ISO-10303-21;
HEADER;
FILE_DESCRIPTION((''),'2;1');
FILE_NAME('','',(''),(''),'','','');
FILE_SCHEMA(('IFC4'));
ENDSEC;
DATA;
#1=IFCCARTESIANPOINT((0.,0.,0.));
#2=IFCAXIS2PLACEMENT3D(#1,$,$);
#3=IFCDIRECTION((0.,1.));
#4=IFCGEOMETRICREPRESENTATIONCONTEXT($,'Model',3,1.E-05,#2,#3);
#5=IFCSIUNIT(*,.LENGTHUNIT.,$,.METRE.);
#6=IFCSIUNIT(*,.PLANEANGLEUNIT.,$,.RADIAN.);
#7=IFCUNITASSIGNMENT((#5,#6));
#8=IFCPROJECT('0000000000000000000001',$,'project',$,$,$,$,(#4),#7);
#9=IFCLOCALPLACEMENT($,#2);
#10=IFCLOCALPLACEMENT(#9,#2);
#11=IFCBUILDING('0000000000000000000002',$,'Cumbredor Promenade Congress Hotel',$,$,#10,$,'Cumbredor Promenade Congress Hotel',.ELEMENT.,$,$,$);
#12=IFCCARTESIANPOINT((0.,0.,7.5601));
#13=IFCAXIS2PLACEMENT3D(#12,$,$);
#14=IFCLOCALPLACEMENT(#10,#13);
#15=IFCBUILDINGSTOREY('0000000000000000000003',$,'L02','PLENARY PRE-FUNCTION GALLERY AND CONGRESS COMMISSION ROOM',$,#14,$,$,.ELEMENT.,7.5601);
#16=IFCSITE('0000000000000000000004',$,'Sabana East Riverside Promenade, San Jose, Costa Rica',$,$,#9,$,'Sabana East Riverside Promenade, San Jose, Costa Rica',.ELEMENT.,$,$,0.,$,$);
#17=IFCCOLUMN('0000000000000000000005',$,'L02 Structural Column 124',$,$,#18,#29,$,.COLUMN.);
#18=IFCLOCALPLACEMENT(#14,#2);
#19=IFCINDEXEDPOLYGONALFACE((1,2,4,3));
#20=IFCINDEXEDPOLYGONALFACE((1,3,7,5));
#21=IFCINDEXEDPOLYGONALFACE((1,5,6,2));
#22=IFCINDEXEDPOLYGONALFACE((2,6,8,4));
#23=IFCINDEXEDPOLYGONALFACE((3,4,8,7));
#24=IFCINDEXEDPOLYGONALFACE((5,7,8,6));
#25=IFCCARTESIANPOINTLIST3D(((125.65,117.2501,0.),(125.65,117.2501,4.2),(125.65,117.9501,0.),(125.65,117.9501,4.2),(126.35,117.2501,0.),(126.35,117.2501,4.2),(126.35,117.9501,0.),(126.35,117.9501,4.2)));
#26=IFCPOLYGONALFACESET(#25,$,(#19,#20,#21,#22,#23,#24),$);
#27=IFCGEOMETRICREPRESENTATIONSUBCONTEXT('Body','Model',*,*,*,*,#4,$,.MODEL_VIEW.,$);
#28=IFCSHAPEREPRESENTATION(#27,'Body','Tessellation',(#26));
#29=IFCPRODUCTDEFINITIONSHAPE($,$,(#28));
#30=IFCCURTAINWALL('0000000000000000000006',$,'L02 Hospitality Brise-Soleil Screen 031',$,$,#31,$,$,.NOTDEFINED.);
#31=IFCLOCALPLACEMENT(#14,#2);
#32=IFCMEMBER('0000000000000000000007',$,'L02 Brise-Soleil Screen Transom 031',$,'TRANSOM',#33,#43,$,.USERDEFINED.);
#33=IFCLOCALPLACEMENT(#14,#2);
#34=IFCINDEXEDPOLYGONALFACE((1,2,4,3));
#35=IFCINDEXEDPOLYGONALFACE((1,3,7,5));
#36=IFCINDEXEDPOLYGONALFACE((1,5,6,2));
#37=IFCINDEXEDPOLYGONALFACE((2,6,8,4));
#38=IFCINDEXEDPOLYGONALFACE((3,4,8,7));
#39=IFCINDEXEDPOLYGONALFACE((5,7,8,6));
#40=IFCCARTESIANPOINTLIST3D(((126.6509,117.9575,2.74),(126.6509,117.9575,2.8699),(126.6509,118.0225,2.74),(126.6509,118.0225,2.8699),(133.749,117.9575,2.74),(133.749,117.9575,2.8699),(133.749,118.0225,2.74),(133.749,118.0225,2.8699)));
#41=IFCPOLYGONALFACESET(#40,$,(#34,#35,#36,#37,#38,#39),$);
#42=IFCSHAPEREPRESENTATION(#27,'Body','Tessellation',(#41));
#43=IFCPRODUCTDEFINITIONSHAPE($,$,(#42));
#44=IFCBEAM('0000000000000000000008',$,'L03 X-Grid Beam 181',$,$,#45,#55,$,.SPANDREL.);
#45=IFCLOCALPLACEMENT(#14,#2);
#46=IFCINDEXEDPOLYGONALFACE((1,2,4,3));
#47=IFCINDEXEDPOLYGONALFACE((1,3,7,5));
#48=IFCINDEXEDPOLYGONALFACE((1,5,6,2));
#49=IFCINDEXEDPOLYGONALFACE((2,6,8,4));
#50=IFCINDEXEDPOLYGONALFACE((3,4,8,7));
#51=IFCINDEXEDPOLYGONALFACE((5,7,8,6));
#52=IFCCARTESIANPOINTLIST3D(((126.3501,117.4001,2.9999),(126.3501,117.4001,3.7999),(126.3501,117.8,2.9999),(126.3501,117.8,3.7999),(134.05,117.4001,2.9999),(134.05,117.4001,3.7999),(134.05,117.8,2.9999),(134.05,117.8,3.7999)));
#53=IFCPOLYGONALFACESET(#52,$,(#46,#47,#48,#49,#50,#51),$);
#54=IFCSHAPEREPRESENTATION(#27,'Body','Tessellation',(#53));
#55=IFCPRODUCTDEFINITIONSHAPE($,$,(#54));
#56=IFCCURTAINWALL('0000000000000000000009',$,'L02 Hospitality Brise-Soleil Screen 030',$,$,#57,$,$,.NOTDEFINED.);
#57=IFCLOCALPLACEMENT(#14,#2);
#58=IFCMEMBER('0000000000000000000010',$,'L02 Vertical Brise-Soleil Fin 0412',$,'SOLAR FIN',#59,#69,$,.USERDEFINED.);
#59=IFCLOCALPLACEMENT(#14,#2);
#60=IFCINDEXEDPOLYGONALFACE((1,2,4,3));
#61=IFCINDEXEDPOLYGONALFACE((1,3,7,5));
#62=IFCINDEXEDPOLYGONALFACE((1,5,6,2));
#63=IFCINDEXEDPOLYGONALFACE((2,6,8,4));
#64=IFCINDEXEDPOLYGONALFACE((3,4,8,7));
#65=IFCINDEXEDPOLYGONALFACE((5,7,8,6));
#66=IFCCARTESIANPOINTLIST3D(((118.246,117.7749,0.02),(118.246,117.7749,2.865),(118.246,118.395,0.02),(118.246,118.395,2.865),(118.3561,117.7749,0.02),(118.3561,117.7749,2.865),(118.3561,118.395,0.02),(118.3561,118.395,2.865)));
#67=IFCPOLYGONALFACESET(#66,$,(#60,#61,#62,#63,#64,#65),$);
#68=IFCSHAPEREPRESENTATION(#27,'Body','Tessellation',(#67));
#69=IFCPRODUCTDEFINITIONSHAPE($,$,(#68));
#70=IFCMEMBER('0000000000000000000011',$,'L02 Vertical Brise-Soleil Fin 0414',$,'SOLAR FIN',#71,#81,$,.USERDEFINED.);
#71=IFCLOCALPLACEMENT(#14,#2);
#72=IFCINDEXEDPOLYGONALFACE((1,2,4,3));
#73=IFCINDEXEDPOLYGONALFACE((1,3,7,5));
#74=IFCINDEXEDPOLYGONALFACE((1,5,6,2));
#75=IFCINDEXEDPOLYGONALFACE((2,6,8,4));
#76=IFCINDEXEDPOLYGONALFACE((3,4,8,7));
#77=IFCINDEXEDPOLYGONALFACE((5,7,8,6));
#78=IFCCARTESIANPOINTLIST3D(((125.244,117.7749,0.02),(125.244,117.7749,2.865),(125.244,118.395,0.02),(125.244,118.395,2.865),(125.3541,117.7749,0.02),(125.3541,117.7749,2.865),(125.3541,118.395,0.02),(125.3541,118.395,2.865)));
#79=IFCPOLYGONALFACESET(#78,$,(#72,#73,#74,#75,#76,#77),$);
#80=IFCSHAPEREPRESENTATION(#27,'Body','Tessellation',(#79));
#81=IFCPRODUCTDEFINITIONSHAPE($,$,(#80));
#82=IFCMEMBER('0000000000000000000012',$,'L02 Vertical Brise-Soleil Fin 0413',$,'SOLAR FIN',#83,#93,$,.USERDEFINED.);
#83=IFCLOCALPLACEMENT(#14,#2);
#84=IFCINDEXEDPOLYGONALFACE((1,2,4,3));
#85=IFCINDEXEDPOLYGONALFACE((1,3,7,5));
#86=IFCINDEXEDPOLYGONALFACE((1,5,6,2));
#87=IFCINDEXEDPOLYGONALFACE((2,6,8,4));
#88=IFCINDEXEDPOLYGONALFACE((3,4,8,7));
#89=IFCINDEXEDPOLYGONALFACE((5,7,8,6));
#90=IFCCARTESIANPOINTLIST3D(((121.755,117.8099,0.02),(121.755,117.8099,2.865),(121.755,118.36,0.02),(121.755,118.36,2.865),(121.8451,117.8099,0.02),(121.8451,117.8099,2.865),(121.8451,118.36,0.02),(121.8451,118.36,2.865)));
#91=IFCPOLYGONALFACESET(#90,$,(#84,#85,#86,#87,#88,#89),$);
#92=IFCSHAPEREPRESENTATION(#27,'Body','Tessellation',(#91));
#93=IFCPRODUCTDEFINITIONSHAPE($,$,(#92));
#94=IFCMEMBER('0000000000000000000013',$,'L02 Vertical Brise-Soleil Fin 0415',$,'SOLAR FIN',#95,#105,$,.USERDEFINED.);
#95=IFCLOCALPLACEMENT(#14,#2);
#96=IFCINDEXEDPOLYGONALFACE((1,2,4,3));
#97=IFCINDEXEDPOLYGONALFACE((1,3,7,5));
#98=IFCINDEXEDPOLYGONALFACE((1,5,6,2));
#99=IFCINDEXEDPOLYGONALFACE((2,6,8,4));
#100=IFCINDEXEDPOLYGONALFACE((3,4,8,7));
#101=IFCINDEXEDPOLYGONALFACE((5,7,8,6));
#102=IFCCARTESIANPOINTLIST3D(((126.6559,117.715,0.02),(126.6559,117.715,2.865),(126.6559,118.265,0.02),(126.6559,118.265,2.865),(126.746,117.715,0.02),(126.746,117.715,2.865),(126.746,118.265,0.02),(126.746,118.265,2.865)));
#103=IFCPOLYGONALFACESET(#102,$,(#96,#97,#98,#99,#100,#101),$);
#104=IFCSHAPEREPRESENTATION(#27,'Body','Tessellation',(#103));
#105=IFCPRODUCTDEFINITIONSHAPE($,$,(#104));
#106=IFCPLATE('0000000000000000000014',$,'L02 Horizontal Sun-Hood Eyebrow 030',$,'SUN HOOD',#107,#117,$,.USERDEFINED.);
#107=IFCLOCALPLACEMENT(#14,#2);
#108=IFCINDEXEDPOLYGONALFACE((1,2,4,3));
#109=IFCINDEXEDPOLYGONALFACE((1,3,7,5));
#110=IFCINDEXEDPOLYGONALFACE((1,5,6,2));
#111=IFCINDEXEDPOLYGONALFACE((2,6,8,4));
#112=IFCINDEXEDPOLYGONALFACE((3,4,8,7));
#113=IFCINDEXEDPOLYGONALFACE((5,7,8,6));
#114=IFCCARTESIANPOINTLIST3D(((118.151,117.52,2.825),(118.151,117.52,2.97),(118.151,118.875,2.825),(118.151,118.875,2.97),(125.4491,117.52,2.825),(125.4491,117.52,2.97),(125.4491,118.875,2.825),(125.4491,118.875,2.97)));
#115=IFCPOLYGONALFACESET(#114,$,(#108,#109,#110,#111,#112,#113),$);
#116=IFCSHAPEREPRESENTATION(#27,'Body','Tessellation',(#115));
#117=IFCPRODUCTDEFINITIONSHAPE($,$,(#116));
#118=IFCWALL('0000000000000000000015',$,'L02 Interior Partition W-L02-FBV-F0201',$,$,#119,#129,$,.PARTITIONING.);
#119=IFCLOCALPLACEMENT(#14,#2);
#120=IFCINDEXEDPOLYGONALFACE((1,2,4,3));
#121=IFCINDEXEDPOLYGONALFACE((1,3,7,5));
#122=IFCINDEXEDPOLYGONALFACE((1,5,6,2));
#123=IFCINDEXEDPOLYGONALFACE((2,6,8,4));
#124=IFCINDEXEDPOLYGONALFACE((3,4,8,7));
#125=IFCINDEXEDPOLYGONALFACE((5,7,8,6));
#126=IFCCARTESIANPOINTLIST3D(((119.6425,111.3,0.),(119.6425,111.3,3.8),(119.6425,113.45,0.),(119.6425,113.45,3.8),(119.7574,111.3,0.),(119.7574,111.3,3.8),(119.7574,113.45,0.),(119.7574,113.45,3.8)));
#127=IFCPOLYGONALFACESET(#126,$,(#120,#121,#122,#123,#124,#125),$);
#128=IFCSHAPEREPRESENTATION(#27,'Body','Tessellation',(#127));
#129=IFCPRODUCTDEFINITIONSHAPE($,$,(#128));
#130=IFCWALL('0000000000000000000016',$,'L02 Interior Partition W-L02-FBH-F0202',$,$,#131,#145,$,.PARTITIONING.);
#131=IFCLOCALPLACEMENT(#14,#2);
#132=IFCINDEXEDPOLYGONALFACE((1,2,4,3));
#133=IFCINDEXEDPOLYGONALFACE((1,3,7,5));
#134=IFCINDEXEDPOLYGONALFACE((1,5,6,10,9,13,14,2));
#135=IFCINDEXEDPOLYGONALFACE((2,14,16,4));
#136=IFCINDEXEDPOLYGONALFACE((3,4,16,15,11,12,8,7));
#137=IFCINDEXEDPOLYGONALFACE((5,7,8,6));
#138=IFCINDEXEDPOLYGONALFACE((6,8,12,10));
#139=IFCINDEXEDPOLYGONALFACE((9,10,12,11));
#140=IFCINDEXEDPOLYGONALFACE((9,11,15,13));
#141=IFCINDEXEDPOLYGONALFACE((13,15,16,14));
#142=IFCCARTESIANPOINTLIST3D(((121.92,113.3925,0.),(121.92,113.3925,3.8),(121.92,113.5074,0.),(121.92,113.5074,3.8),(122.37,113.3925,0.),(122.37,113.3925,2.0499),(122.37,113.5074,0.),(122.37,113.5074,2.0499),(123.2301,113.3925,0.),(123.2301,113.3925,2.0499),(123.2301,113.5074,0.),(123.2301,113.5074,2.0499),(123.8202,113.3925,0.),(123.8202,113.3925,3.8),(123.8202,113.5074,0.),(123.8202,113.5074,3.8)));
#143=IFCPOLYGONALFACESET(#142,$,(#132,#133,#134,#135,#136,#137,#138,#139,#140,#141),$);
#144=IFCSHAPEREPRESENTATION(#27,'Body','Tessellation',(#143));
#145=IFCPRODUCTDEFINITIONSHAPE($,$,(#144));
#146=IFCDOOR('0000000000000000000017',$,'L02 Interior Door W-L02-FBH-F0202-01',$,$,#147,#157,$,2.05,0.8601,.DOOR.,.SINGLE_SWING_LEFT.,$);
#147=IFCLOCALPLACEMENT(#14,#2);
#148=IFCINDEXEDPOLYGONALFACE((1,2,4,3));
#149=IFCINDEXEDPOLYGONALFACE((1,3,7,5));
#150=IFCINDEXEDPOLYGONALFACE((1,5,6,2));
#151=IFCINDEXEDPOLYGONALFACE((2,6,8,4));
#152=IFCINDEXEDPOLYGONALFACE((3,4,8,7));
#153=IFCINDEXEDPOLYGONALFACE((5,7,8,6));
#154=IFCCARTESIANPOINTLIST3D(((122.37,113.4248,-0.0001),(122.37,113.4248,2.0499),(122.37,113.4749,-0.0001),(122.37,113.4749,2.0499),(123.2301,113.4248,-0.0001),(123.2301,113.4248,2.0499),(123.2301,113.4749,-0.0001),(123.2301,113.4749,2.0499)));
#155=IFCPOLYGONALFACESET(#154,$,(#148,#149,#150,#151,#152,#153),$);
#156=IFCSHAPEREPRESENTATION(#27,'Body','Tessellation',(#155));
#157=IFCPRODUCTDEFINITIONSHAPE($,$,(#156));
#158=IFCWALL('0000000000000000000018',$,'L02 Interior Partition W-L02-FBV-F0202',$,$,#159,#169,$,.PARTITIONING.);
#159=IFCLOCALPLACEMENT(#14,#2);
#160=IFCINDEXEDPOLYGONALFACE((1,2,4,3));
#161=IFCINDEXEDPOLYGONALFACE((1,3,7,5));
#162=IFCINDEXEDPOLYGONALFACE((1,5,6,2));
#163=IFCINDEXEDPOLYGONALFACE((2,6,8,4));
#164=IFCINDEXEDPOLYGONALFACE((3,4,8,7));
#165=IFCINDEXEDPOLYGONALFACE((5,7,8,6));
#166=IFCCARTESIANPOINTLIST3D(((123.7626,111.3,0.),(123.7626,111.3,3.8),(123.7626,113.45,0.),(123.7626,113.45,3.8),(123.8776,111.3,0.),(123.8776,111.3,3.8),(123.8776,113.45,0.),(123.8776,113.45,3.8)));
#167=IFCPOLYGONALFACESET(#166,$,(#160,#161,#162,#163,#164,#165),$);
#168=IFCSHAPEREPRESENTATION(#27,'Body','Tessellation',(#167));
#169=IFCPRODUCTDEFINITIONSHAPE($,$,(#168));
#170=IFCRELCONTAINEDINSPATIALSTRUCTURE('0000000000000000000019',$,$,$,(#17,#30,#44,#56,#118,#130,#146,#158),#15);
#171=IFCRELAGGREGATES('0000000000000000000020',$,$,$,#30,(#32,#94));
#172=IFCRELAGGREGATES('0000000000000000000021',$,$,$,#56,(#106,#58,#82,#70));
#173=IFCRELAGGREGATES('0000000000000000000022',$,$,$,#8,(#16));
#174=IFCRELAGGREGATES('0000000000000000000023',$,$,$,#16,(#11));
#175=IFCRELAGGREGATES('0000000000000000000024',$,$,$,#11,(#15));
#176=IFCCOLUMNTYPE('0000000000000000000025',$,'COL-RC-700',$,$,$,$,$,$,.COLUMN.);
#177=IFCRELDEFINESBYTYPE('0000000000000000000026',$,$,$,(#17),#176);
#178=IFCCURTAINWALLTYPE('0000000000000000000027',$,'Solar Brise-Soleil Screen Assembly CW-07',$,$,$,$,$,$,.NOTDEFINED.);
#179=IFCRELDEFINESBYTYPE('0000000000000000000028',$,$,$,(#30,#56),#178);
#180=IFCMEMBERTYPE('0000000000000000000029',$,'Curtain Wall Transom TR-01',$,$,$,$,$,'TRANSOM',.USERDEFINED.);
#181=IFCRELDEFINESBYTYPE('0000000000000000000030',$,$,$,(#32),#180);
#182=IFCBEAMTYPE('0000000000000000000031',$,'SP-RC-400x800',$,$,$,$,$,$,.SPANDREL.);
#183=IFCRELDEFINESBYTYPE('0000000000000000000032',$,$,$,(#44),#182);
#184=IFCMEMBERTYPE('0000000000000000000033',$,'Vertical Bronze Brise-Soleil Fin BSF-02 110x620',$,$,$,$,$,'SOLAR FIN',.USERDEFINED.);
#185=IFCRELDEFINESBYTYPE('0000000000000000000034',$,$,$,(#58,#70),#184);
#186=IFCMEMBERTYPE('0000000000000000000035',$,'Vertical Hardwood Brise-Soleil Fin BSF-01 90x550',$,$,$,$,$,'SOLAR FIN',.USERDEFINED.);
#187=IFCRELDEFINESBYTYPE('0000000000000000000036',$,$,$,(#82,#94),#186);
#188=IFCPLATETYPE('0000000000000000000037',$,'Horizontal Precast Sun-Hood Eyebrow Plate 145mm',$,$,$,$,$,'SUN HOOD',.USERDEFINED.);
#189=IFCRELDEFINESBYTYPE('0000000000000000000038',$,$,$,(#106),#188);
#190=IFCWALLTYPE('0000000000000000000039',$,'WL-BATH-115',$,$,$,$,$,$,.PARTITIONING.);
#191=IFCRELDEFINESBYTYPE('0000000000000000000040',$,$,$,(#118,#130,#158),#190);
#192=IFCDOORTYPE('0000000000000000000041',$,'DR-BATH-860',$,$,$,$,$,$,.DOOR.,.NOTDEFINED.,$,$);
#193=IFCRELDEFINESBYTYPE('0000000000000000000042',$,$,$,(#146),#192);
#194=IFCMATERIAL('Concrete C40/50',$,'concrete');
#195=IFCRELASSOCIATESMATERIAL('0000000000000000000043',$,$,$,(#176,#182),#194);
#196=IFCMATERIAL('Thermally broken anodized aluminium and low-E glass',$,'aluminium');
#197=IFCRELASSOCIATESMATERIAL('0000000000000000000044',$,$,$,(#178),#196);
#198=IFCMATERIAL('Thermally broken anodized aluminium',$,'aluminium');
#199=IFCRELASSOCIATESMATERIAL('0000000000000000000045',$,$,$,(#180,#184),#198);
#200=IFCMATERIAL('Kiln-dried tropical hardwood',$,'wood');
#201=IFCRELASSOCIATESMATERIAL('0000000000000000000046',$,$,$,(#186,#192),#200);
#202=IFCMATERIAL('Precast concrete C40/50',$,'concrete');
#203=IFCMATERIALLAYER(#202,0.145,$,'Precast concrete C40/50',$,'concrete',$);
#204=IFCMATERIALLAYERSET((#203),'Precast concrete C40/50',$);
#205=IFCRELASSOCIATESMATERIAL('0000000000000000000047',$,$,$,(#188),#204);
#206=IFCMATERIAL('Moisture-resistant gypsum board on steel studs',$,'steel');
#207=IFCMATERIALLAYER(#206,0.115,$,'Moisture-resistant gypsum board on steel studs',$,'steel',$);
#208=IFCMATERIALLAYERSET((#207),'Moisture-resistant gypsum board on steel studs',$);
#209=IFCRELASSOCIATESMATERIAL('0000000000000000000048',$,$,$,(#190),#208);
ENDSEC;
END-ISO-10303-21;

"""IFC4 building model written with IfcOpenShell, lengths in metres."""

from ifc_helpers import new_model, si_unit, direction, frame, frame_2d, origin, origin_2d, place, context, subcontext, project, spatial, rectangle, extrude, material, layer, layer_set, material_profile, profile_set, type_object, element, fill, aggregate, save


model = new_model("IFC4")

# Units and contexts
model_context = context("Model", 3, precision=1e-05, world=origin(), true_north=direction((0.0, 1.0)))
body_context = subcontext(model_context, "Body", "Model", "MODEL_VIEW")
ifc_project = project(units=[si_unit("LENGTHUNIT", "METRE"), si_unit("PLANEANGLEUNIT", "RADIAN")], contexts=[model_context])

# Site, building, storey
site_placement = place(None, origin())
site = spatial("IfcSite", under=ifc_project, at=site_placement, Name="Sabana East Riverside Promenade, San Jose, Costa Rica", LongName="Sabana East Riverside Promenade, San Jose, Costa Rica", CompositionType="ELEMENT", RefElevation=0.0)
building_placement = place(site_placement, origin())
building = spatial("IfcBuilding", under=site, at=building_placement, Name="Cumbredor Promenade Congress Hotel", LongName="Cumbredor Promenade Congress Hotel", CompositionType="ELEMENT")
storey_placement = place(building_placement, frame((0.0, 0.0, 7.5601)))
storey = spatial("IfcBuildingStorey", under=building, at=storey_placement, Name="L02", Description="PLENARY PRE-FUNCTION GALLERY AND CONGRESS COMMISSION ROOM", CompositionType="ELEMENT", Elevation=7.5601)

# Column
ifc_material_1 = material(Name="Concrete C40/50", Category="concrete")
ifc_material_profile_1 = material_profile(ifc_material_1, rectangle(XDim=0.7, YDim=0.7, at=origin_2d()), Name="RC 700x700")
ifc_profile_set_1 = profile_set([ifc_material_profile_1], Name="Concrete C40/50")
column_type = type_object("IfcColumnType", Name="COL-RC-700", PredefinedType="COLUMN", material=ifc_profile_set_1)
column_placement = place(storey_placement, frame((126.0, 117.6001, 0.0), z_axis=(0.0, 0.0, 1.0), x_axis=(1.0, 0.0, 0.0)))
element("IfcColumn", 1, at=column_placement, inside=storey, type_object=column_type, Name="L02 Structural Column 124", PredefinedType="COLUMN", context=body_context, shape_type="SweptSolid", body=[
    extrude(rectangle(XDim=0.7, YDim=0.7, at=origin_2d()), origin(), (0.0, 0.0, 1.0), 4.2),
])

# Curtain wall, member
ifc_material_2 = material(Name="Thermally broken anodized aluminium and low-E glass", Category="aluminium")
curtain_wall_type = type_object("IfcCurtainWallType", Name="Solar Brise-Soleil Screen Assembly CW-07", PredefinedType="NOTDEFINED", material=ifc_material_2)
curtain_wall_1_placement = place(storey_placement, origin())
curtain_wall_1 = element("IfcCurtainWall", 2, at=curtain_wall_1_placement, inside=storey, type_object=curtain_wall_type, Name="L02 Hospitality Brise-Soleil Screen 031", PredefinedType="NOTDEFINED")
ifc_material_3 = material(Name="Thermally broken anodized aluminium", Category="aluminium")
ifc_material_profile_2 = material_profile(ifc_material_3, rectangle(XDim=0.0649, YDim=0.1299, at=origin_2d()), Name="ALU TRANSOM 65x130")
ifc_profile_set_2 = profile_set([ifc_material_profile_2], Name="Thermally broken anodized aluminium")
member_type_1 = type_object("IfcMemberType", Name="Curtain Wall Transom TR-01", ElementType="TRANSOM", PredefinedType="USERDEFINED", material=ifc_profile_set_2)
member_1_placement = place(storey_placement, frame((126.6509, 117.99, 2.8049), z_axis=(1.0, 0.0, 0.0), x_axis=(0.0, 1.0, 0.0)))
member_1 = element("IfcMember", 3, at=member_1_placement, type_object=member_type_1, Name="L02 Brise-Soleil Screen Transom 031", ObjectType="TRANSOM", PredefinedType="USERDEFINED", context=body_context, shape_type="SweptSolid", body=[
    extrude(rectangle(XDim=0.0649, YDim=0.1299, at=origin_2d()), origin(), (0.0, 0.0, 1.0), 7.0981),
])

# Beam
ifc_material_profile_3 = material_profile(ifc_material_1, rectangle(XDim=0.3999, YDim=0.8, at=origin_2d()), Name="RC SPANDREL 400x800")
ifc_profile_set_3 = profile_set([ifc_material_profile_3], Name="Concrete C40/50")
beam_type = type_object("IfcBeamType", Name="SP-RC-400x800", PredefinedType="SPANDREL", material=ifc_profile_set_3)
beam_placement = place(storey_placement, frame((126.3501, 117.6001, 3.3999), z_axis=(1.0, 0.0, 0.0), x_axis=(0.0, 1.0, 0.0)))
element("IfcBeam", 4, at=beam_placement, inside=storey, type_object=beam_type, Name="L03 X-Grid Beam 181", PredefinedType="SPANDREL", context=body_context, shape_type="SweptSolid", body=[
    extrude(rectangle(XDim=0.3999, YDim=0.8, at=origin_2d()), origin(), (0.0, 0.0, 1.0), 7.7),
])

# Curtain wall, members
curtain_wall_2_placement = place(storey_placement, origin())
curtain_wall_2 = element("IfcCurtainWall", 5, at=curtain_wall_2_placement, inside=storey, type_object=curtain_wall_type, Name="L02 Hospitality Brise-Soleil Screen 030", PredefinedType="NOTDEFINED")
ifc_material_profile_4 = material_profile(ifc_material_3, rectangle(XDim=0.1101, YDim=0.6201, at=origin_2d()), Name="ARCH FIN 110x620")
ifc_profile_set_4 = profile_set([ifc_material_profile_4], Name="Thermally broken anodized aluminium")
member_type_2 = type_object("IfcMemberType", Name="Vertical Bronze Brise-Soleil Fin BSF-02 110x620", ElementType="SOLAR FIN", PredefinedType="USERDEFINED", material=ifc_profile_set_4)
member_2_placement = place(storey_placement, frame((118.301, 118.085, 0.02), z_axis=(0.0, 0.0, 1.0), x_axis=(1.0, 0.0, 0.0)))
member_2 = element("IfcMember", 6, at=member_2_placement, type_object=member_type_2, Name="L02 Vertical Brise-Soleil Fin 0412", ObjectType="SOLAR FIN", PredefinedType="USERDEFINED", context=body_context, shape_type="SweptSolid", body=[
    extrude(rectangle(XDim=0.1101, YDim=0.6201, at=origin_2d()), origin(), (0.0, 0.0, 1.0), 2.845),
])
member_3_placement = place(storey_placement, frame((125.2991, 118.085, 0.02), z_axis=(0.0, 0.0, 1.0), x_axis=(1.0, 0.0, 0.0)))
member_3 = element("IfcMember", 7, at=member_3_placement, type_object=member_type_2, Name="L02 Vertical Brise-Soleil Fin 0414", ObjectType="SOLAR FIN", PredefinedType="USERDEFINED", context=body_context, shape_type="SweptSolid", body=[
    extrude(rectangle(XDim=0.1101, YDim=0.6201, at=origin_2d()), origin(), (0.0, 0.0, 1.0), 2.845),
])
ifc_material_4 = material(Name="Kiln-dried tropical hardwood", Category="wood")
ifc_material_profile_5 = material_profile(ifc_material_4, rectangle(XDim=0.0901, YDim=0.55, at=origin_2d()), Name="ARCH FIN 90x550")
ifc_profile_set_5 = profile_set([ifc_material_profile_5], Name="Kiln-dried tropical hardwood")
member_type_3 = type_object("IfcMemberType", Name="Vertical Hardwood Brise-Soleil Fin BSF-01 90x550", ElementType="SOLAR FIN", PredefinedType="USERDEFINED", material=ifc_profile_set_5)
member_4_placement = place(storey_placement, frame((121.8, 118.085, 0.02), z_axis=(0.0, 0.0, 1.0), x_axis=(1.0, 0.0, 0.0)))
member_4 = element("IfcMember", 8, at=member_4_placement, type_object=member_type_3, Name="L02 Vertical Brise-Soleil Fin 0413", ObjectType="SOLAR FIN", PredefinedType="USERDEFINED", context=body_context, shape_type="SweptSolid", body=[
    extrude(rectangle(XDim=0.0901, YDim=0.55, at=origin_2d()), origin(), (0.0, 0.0, 1.0), 2.845),
])

# Member
member_5_placement = place(storey_placement, frame((126.7009, 117.99, 0.02), z_axis=(0.0, 0.0, 1.0), x_axis=(1.0, 0.0, 0.0)))
member_5 = element("IfcMember", 9, at=member_5_placement, type_object=member_type_3, Name="L02 Vertical Brise-Soleil Fin 0415", ObjectType="SOLAR FIN", PredefinedType="USERDEFINED", context=body_context, shape_type="SweptSolid", body=[
    extrude(rectangle(XDim=0.0901, YDim=0.55, at=origin_2d()), origin(), (0.0, 0.0, 1.0), 2.845),
])
aggregate(curtain_wall_1, [member_1, member_5])

# Plate
ifc_material_5 = material(Name="Precast concrete C40/50", Category="concrete")
ifc_layer_1 = layer(ifc_material_5, 0.145, Name="Precast concrete C40/50", Category="concrete")
ifc_layer_set_1 = layer_set([ifc_layer_1], Name="Precast concrete C40/50")
plate_type = type_object("IfcPlateType", Name="Horizontal Precast Sun-Hood Eyebrow Plate 145mm", ElementType="SUN HOOD", PredefinedType="USERDEFINED", material=ifc_layer_set_1)
plate_placement = place(storey_placement, frame((121.8, 118.1975, 2.825), z_axis=(0.0, 0.0, 1.0), x_axis=(1.0, 0.0, 0.0)))
plate = element("IfcPlate", 10, at=plate_placement, type_object=plate_type, Name="L02 Horizontal Sun-Hood Eyebrow 030", ObjectType="SUN HOOD", PredefinedType="USERDEFINED", context=body_context, shape_type="SweptSolid", body=[
    extrude(rectangle(XDim=7.2981, YDim=1.355, at=origin_2d()), origin(), (0.0, 0.0, 1.0), 0.145),
])
aggregate(curtain_wall_2, [plate, member_2, member_4, member_3])

# Wall
ifc_material_6 = material(Name="Moisture-resistant gypsum board on steel studs", Category="steel")
ifc_layer_2 = layer(ifc_material_6, 0.115, Name="Moisture-resistant gypsum board on steel studs", Category="steel")
ifc_layer_set_2 = layer_set([ifc_layer_2], Name="Moisture-resistant gypsum board on steel studs")
wall_type_1 = type_object("IfcWallType", Name="WL-BATH-115", PredefinedType="PARTITIONING", material=ifc_layer_set_2)
wall_1_placement = place(storey_placement, frame((119.7, 111.3, 0.0), z_axis=(0.0, 0.0, 1.0), x_axis=(0.0, 1.0, 0.0)))
element("IfcWall", 11, at=wall_1_placement, inside=storey, type_object=wall_type_1, Name="L02 Interior Partition W-L02-FBV-F0201", PredefinedType="PARTITIONING", context=body_context, shape_type="SweptSolid", body=[
    extrude(rectangle(XDim=2.1499, YDim=0.115, at=frame_2d((1.075, 0.0))), origin(), (0.0, 0.0, 1.0), 3.8),
])

# Wall, opening, door
wall_2_placement = place(storey_placement, frame((121.9199, 113.45, 0.0), z_axis=(0.0, 0.0, 1.0), x_axis=(1.0, 0.0, 0.0)))
wall_2 = element("IfcWall", 12, at=wall_2_placement, inside=storey, type_object=wall_type_1, Name="L02 Interior Partition W-L02-FBH-F0202", PredefinedType="PARTITIONING", context=body_context, shape_type="SweptSolid", body=[
    extrude(rectangle(XDim=1.9001, YDim=0.115, at=frame_2d((0.9502, 0.0))), origin(), (0.0, 0.0, 1.0), 3.8),
])
opening_1_placement = place(wall_2_placement, frame((0.45, 0.0, 0.0)))
opening_1 = element("IfcOpeningElement", 13, at=opening_1_placement, cuts=wall_2, PredefinedType="OPENING", context=body_context, shape_type="SweptSolid", body=[
    extrude(rectangle(XDim=0.8601, YDim=2.05, at=frame_2d((0.4302, 1.0249))), frame((0.0, 0.0674, 0.0), z_axis=(0.0, -1.0, 0.0), x_axis=(1.0, 0.0, 0.0)), (0.0, 0.0, 1.0), 0.135),
])
door_type = type_object("IfcDoorType", Name="DR-BATH-860", OperationType="NOTDEFINED", PredefinedType="DOOR", material=ifc_material_4)
door_1_placement = place(opening_1_placement, origin())
door_1 = element("IfcDoor", 14, at=door_1_placement, inside=storey, type_object=door_type, Name="L02 Interior Door W-L02-FBH-F0202-01", OperationType="SINGLE_SWING_LEFT", OverallHeight=2.05, OverallWidth=0.8601, PredefinedType="DOOR", context=body_context, shape_type="SweptSolid", body=[
    extrude(rectangle(XDim=0.8601, YDim=2.05, at=frame_2d((0.4302, 1.0249))), frame((0.0, 0.0249, 0.0), z_axis=(0.0, -1.0, 0.0), x_axis=(1.0, 0.0, 0.0)), (0.0, 0.0, 1.0), 0.05),
])
fill(opening_1, door_1)

# Wall
wall_3_placement = place(storey_placement, frame((123.8201, 111.3, 0.0), z_axis=(0.0, 0.0, 1.0), x_axis=(0.0, 1.0, 0.0)))
element("IfcWall", 15, at=wall_3_placement, inside=storey, type_object=wall_type_1, Name="L02 Interior Partition W-L02-FBV-F0202", PredefinedType="PARTITIONING", context=body_context, shape_type="SweptSolid", body=[
    extrude(rectangle(XDim=2.1499, YDim=0.115, at=frame_2d((1.075, 0.0))), origin(), (0.0, 0.0, 1.0), 3.8),
])

save(model, "model.ifc")
